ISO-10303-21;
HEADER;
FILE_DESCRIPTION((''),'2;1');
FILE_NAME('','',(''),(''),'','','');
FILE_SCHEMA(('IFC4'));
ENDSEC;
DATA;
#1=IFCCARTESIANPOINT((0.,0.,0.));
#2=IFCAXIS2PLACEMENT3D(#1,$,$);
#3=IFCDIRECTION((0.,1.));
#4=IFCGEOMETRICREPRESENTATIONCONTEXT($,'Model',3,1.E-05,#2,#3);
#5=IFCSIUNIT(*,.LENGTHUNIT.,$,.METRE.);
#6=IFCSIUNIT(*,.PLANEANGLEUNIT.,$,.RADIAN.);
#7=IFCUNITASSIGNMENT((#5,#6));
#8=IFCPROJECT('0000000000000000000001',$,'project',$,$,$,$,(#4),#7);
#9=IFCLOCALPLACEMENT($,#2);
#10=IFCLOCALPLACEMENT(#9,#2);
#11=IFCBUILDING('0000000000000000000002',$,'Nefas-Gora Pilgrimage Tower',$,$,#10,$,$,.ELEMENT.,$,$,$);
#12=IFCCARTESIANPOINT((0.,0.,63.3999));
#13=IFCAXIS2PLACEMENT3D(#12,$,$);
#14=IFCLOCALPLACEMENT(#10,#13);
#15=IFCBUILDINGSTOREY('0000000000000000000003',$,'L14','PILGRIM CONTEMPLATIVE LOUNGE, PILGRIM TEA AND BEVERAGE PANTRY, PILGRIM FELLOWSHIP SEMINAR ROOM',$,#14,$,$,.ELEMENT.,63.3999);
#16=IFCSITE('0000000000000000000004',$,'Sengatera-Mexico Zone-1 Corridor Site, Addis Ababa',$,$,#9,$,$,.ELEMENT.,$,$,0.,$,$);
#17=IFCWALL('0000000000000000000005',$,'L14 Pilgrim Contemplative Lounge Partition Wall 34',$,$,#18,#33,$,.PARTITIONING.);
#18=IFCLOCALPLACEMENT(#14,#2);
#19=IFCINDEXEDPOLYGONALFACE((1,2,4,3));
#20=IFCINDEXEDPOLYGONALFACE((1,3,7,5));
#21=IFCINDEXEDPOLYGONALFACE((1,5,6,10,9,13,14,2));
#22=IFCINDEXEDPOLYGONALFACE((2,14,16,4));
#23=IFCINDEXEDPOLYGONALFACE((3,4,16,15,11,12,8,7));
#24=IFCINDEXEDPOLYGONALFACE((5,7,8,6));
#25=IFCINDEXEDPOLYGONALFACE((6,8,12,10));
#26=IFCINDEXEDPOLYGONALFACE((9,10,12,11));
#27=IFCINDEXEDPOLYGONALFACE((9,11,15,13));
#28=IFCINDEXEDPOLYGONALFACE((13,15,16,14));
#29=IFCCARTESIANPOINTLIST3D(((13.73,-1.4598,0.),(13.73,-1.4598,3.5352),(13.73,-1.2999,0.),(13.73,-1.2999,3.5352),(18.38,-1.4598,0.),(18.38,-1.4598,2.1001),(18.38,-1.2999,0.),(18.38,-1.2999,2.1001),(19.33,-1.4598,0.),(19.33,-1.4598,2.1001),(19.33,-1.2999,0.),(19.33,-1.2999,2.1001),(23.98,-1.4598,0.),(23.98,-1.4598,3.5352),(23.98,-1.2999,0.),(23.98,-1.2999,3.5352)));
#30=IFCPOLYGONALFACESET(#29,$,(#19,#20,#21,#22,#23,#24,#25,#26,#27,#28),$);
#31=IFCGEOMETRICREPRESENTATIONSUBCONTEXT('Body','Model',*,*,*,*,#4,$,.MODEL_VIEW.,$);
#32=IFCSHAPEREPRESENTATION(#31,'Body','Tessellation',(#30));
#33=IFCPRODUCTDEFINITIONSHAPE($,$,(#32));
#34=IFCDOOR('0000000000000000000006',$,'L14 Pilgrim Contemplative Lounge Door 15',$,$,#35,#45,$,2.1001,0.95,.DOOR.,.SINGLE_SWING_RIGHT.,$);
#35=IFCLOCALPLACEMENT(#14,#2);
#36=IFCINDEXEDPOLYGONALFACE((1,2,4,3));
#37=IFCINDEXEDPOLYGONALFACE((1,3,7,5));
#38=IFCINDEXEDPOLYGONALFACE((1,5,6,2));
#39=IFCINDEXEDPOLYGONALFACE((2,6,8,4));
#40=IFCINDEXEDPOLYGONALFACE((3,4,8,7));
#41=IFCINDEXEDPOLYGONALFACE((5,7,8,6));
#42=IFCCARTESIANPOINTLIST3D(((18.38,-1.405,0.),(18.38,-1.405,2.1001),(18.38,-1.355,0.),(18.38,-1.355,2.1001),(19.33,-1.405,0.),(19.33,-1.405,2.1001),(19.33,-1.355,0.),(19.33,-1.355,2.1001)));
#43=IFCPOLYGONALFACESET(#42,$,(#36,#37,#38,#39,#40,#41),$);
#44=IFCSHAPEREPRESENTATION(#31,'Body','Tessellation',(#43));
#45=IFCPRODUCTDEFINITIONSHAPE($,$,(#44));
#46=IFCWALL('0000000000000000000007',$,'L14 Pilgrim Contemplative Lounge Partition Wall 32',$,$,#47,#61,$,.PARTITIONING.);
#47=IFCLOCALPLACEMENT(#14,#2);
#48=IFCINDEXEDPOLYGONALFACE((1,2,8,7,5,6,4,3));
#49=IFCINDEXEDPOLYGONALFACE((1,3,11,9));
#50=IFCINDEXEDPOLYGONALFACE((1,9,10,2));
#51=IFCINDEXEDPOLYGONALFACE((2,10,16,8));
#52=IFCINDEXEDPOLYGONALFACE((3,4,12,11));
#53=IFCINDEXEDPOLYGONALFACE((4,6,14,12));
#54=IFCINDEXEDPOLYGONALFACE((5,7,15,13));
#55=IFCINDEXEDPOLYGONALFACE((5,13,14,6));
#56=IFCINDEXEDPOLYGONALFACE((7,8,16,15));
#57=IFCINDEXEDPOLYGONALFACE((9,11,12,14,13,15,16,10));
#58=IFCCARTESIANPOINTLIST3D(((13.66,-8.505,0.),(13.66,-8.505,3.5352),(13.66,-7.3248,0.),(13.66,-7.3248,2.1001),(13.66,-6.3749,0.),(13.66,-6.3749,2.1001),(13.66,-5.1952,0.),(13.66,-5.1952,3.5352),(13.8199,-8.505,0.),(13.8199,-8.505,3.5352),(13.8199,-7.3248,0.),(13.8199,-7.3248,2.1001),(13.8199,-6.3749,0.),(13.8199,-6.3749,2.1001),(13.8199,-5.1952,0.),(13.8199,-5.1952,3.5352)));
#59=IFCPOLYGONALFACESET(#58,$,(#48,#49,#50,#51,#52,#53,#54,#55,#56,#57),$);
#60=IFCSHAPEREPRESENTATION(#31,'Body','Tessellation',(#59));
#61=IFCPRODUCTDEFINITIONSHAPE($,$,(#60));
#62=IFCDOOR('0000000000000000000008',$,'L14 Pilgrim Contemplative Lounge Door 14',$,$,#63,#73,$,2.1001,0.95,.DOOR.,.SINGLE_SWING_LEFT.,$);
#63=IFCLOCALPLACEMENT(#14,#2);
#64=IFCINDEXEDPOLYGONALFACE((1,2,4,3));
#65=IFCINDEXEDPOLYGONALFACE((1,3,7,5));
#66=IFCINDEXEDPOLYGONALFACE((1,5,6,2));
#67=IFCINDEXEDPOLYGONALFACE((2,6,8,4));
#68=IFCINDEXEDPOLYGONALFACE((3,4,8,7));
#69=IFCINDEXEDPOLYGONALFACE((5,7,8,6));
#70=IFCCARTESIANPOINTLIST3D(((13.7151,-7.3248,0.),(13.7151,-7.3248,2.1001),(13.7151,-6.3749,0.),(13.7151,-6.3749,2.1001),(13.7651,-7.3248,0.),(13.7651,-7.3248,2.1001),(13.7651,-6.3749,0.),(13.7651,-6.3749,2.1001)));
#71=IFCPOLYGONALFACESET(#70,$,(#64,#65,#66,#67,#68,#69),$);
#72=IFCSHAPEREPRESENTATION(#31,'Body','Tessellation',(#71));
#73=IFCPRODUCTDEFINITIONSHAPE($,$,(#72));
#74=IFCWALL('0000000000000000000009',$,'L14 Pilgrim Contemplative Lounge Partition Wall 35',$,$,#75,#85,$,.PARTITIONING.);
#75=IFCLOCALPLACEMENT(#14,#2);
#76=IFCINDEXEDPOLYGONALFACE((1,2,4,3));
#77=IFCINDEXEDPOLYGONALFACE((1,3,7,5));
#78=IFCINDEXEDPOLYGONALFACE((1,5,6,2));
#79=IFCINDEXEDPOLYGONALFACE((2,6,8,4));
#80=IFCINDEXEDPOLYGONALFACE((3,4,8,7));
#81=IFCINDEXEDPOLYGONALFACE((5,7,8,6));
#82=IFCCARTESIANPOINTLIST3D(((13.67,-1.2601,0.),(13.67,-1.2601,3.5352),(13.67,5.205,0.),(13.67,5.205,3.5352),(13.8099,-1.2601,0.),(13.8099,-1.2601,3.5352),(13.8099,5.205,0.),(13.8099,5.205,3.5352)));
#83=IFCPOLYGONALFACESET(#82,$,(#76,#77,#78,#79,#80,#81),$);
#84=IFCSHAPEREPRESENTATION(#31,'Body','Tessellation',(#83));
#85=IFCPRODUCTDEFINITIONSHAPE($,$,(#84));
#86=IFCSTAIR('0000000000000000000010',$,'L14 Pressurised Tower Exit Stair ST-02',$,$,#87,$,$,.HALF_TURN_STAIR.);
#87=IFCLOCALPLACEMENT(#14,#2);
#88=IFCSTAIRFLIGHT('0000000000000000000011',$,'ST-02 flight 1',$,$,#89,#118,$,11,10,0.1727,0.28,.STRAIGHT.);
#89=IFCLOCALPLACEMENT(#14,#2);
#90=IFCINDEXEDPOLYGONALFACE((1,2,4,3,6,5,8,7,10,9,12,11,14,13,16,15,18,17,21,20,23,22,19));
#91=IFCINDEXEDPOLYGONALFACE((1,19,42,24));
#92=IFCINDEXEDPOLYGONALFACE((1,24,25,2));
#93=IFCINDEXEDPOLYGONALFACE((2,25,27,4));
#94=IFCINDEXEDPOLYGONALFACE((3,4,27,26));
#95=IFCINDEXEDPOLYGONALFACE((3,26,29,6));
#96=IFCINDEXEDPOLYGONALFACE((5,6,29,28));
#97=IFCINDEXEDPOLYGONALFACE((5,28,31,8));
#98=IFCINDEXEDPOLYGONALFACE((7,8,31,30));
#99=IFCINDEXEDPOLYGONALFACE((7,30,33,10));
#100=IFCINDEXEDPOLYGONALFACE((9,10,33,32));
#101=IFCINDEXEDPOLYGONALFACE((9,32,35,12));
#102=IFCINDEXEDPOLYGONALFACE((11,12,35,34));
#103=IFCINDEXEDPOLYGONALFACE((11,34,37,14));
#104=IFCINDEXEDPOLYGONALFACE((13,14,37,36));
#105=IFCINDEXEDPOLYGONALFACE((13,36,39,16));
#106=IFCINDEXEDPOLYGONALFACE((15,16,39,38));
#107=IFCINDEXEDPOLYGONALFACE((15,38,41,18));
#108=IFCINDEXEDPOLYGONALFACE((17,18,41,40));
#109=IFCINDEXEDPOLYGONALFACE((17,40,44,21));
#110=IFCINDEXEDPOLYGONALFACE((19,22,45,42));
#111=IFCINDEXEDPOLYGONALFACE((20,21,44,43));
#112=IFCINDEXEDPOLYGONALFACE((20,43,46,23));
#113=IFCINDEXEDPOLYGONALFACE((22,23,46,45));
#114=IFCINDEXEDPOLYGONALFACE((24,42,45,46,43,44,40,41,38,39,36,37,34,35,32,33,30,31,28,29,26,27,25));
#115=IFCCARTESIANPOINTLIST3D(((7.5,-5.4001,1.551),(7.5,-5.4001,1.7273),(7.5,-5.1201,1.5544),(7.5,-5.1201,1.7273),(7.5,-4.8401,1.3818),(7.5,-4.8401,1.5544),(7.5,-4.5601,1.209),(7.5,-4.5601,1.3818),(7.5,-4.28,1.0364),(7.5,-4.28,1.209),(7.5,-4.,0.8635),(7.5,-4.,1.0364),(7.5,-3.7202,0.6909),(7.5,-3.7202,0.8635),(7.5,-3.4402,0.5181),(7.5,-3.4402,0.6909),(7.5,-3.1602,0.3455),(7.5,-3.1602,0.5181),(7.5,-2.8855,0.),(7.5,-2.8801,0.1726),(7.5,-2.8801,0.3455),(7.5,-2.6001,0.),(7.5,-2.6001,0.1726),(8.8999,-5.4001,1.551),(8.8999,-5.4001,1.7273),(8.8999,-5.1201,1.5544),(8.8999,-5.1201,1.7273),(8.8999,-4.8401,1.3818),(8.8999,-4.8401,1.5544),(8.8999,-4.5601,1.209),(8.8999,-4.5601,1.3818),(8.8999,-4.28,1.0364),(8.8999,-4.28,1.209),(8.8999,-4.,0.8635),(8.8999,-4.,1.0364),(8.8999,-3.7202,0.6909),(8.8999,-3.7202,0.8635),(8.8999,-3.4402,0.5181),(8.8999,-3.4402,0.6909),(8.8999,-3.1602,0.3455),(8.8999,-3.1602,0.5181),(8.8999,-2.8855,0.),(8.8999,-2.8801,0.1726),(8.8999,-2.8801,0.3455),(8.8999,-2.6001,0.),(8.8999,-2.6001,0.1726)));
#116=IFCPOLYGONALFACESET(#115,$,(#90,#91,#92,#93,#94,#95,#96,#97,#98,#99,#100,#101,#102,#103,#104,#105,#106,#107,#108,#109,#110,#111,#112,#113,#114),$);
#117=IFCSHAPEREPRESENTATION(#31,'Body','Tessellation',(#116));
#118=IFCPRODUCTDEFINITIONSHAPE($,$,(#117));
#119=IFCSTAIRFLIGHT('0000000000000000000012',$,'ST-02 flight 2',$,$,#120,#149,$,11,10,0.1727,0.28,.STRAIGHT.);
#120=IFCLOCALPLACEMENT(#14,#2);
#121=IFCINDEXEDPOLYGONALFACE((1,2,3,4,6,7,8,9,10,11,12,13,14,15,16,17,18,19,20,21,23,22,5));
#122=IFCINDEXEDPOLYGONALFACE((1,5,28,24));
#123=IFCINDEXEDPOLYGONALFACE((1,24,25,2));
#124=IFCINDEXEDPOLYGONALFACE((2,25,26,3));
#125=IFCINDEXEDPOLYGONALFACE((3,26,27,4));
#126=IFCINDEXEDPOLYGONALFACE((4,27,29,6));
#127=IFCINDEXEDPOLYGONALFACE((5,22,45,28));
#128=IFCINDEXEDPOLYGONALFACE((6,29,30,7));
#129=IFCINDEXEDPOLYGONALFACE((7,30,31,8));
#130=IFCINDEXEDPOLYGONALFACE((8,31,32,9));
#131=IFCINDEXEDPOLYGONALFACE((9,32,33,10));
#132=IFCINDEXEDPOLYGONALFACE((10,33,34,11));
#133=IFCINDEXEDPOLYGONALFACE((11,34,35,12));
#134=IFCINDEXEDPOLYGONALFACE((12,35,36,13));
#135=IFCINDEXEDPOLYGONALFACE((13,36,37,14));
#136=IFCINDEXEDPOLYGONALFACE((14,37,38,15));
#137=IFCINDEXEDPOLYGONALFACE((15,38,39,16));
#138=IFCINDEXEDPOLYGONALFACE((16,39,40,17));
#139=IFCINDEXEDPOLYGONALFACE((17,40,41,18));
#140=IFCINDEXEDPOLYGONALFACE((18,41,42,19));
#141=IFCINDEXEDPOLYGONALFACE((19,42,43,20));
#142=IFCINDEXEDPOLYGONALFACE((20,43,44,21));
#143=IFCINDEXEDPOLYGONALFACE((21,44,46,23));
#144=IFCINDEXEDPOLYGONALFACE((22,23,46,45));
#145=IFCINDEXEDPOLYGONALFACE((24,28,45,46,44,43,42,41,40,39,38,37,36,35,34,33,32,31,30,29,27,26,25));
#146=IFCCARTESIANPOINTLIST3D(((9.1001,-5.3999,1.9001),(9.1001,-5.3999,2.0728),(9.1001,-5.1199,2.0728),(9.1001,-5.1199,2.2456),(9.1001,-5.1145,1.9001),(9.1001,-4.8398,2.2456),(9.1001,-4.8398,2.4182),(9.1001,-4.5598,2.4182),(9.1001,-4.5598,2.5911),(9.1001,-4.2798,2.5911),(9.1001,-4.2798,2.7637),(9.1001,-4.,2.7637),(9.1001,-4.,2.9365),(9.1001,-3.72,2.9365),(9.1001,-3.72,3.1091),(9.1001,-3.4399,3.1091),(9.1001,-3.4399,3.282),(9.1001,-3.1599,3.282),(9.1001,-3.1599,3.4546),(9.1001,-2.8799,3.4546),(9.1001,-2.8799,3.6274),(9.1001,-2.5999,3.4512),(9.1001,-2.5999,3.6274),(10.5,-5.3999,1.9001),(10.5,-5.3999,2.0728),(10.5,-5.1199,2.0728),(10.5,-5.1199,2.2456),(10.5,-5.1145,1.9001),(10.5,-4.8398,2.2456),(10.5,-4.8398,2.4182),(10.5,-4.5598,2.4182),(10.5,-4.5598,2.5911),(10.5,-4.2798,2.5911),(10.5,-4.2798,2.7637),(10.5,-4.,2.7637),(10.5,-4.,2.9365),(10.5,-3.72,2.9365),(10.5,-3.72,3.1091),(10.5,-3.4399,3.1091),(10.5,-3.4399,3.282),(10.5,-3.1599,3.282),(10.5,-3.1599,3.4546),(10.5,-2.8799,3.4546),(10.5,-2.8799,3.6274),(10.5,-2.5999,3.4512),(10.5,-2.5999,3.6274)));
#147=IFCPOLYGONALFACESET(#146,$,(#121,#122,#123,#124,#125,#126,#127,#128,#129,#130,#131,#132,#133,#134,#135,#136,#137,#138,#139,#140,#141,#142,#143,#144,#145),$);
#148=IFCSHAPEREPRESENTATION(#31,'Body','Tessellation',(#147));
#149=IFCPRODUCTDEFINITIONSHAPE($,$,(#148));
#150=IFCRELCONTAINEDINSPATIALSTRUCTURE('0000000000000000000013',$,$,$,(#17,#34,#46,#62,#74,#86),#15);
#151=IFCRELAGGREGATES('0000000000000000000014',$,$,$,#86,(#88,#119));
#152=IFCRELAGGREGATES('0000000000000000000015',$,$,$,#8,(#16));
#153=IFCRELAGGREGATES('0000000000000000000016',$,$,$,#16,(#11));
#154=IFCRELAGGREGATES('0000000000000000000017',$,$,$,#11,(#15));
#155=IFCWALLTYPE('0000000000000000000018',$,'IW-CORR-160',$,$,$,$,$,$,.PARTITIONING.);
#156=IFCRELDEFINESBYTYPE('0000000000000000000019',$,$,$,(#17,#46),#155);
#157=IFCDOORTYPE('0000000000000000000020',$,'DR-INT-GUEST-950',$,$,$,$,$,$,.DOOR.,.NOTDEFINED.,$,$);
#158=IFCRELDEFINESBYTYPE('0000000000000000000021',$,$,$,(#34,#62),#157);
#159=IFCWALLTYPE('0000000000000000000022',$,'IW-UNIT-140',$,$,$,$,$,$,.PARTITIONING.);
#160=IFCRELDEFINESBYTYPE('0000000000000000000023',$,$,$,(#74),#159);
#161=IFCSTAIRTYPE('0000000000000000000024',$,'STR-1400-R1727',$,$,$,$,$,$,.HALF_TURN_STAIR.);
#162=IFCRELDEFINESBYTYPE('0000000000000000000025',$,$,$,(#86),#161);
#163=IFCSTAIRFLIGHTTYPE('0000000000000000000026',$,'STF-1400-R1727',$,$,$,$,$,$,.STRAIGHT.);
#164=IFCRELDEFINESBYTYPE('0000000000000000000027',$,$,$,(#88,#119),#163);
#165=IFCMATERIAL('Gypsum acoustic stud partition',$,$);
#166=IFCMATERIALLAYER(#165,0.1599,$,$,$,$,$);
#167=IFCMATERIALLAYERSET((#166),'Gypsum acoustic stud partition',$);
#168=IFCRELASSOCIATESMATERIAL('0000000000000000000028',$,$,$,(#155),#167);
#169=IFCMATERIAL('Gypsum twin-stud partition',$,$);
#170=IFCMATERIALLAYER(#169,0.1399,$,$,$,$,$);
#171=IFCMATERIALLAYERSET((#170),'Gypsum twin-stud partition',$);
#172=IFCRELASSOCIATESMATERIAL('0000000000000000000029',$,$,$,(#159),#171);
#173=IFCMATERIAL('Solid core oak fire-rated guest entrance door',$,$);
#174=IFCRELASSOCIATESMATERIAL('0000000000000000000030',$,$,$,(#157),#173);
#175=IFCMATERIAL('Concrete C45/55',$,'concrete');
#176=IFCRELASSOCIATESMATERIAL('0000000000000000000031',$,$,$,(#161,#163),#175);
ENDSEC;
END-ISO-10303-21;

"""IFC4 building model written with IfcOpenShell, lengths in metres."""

from ifc_helpers import new_model, si_unit, direction, frame, frame_2d, origin, place, context, subcontext, project, spatial, polyline, rectangle, outline, extrude, source, transform, mapped, material, layer, layer_set, type_object, element, fill, aggregate, save


model = new_model("IFC4")

# Units and contexts
model_context = context("Model", 3, precision=1e-05, world=origin(), true_north=direction((0.0, 1.0)))
body_context = subcontext(model_context, "Body", "Model", "MODEL_VIEW")
ifc_project = project(units=[si_unit("LENGTHUNIT", "METRE"), si_unit("PLANEANGLEUNIT", "RADIAN")], contexts=[model_context])

# Site, building, storey
site_placement = place(None, origin())
site = spatial("IfcSite", under=ifc_project, at=site_placement, Name="Sengatera-Mexico Zone-1 Corridor Site, Addis Ababa", CompositionType="ELEMENT", RefElevation=0.0)
building_placement = place(site_placement, origin())
building = spatial("IfcBuilding", under=site, at=building_placement, Name="Nefas-Gora Pilgrimage Tower", CompositionType="ELEMENT")
storey_placement = place(building_placement, frame((0.0, 0.0, 63.3999)))
storey = spatial("IfcBuildingStorey", under=building, at=storey_placement, Name="L14", Description="PILGRIM CONTEMPLATIVE LOUNGE, PILGRIM TEA AND BEVERAGE PANTRY, PILGRIM FELLOWSHIP SEMINAR ROOM", CompositionType="ELEMENT", Elevation=63.3999)

# Shared definitions
ifc_material_1 = material(Name="Concrete C45/55", Category="concrete")
ifc_material_2 = material(Name="Gypsum acoustic stud partition")
ifc_layer_1 = layer(ifc_material_2, 0.1599)
ifc_layer_set_1 = layer_set([ifc_layer_1], Name="Gypsum acoustic stud partition")
wall_type_1 = type_object("IfcWallType", Name="IW-CORR-160", PredefinedType="PARTITIONING", material=ifc_layer_set_1)

# Shared definitions
ifc_material_3 = material(Name="Gypsum twin-stud partition")
ifc_layer_2 = layer(ifc_material_3, 0.1399)
ifc_layer_set_2 = layer_set([ifc_layer_2], Name="Gypsum twin-stud partition")
wall_type_2 = type_object("IfcWallType", Name="IW-UNIT-140", PredefinedType="PARTITIONING", material=ifc_layer_set_2)

# Walls, openings, doors
shared_shape_1 = source(origin(), body_context, "Body", "SweptSolid", [
    extrude(rectangle(XDim=10.25, YDim=0.1599, at=frame_2d((5.125, 0.0))), origin(), (0.0, 0.0, 1.0), 3.5352),
])
wall_1_placement = place(storey_placement, frame((13.73, -1.3799, 0.0), z_axis=(0.0, 0.0, 1.0), x_axis=(1.0, 0.0, 0.0)))
wall_1 = element("IfcWall", 1, at=wall_1_placement, inside=storey, type_object=wall_type_1, Name="L14 Pilgrim Contemplative Lounge Partition Wall 34", PredefinedType="PARTITIONING", context=body_context, shape_type="MappedRepresentation", body=[
    mapped(shared_shape_1, transform((0.0, 0.0, 0.0), x_axis=(1.0, 0.0, 0.0), y_axis=(0.0, 1.0, 0.0), z_axis=(0.0, 0.0, 1.0), scale=1.0)),
])
opening_1_placement = place(wall_1_placement, frame((4.6499, 0.0, 0.0)))
opening_1 = element("IfcOpeningElement", 2, at=opening_1_placement, cuts=wall_1, PredefinedType="OPENING", context=body_context, shape_type="SweptSolid", body=[
    extrude(rectangle(XDim=0.95, YDim=2.1001, at=frame_2d((0.4751, 1.05))), frame((0.0, 0.0898, 0.0), z_axis=(0.0, -1.0, 0.0), x_axis=(1.0, 0.0, 0.0)), (0.0, 0.0, 1.0), 0.1799),
])
ifc_material_4 = material(Name="Solid core oak fire-rated guest entrance door")
door_type_1 = type_object("IfcDoorType", Name="DR-INT-GUEST-950", OperationType="NOTDEFINED", PredefinedType="DOOR", material=ifc_material_4)
shared_shape_2 = source(origin(), body_context, "Body", "SweptSolid", [
    extrude(rectangle(XDim=0.95, YDim=2.1001, at=frame_2d((0.4751, 1.05))), frame((0.0, 0.0249, 0.0), z_axis=(0.0, -1.0, 0.0), x_axis=(1.0, 0.0, 0.0)), (0.0, 0.0, 1.0), 0.05),
])
door_1_placement = place(opening_1_placement, origin())
door_1 = element("IfcDoor", 3, at=door_1_placement, inside=storey, type_object=door_type_1, Name="L14 Pilgrim Contemplative Lounge Door 15", OperationType="SINGLE_SWING_RIGHT", OverallHeight=2.1001, OverallWidth=0.95, PredefinedType="DOOR", context=body_context, shape_type="MappedRepresentation", body=[
    mapped(shared_shape_2, transform((0.0, 0.0, 0.0), x_axis=(1.0, 0.0, 0.0), y_axis=(0.0, 1.0, 0.0), z_axis=(0.0, 0.0, 1.0), scale=1.0)),
])
fill(opening_1, door_1)
shared_shape_3 = source(origin(), body_context, "Body", "SweptSolid", [
    extrude(rectangle(XDim=3.3098, YDim=0.1599, at=frame_2d((1.6548, 0.0))), origin(), (0.0, 0.0, 1.0), 3.5352),
])
wall_2_placement = place(storey_placement, frame((13.74, -8.5049, 0.0), z_axis=(0.0, 0.0, 1.0), x_axis=(0.0, 1.0, 0.0)))
wall_2 = element("IfcWall", 4, at=wall_2_placement, inside=storey, type_object=wall_type_1, Name="L14 Pilgrim Contemplative Lounge Partition Wall 32", PredefinedType="PARTITIONING", context=body_context, shape_type="MappedRepresentation", body=[
    mapped(shared_shape_3, transform((0.0, 0.0, 0.0), x_axis=(1.0, 0.0, 0.0), y_axis=(0.0, 1.0, 0.0), z_axis=(0.0, 0.0, 1.0), scale=1.0)),
])
opening_2_placement = place(wall_2_placement, frame((1.1799, 0.0, 0.0)))
opening_2 = element("IfcOpeningElement", 5, at=opening_2_placement, cuts=wall_2, PredefinedType="OPENING", context=body_context, shape_type="SweptSolid", body=[
    extrude(rectangle(XDim=0.95, YDim=2.1001, at=frame_2d((0.4751, 1.05))), frame((0.0, 0.0898, 0.0), z_axis=(0.0, -1.0, 0.0), x_axis=(1.0, 0.0, 0.0)), (0.0, 0.0, 1.0), 0.1799),
])
door_2_placement = place(opening_2_placement, origin())
door_2 = element("IfcDoor", 6, at=door_2_placement, inside=storey, type_object=door_type_1, Name="L14 Pilgrim Contemplative Lounge Door 14", OperationType="SINGLE_SWING_LEFT", OverallHeight=2.1001, OverallWidth=0.95, PredefinedType="DOOR", context=body_context, shape_type="MappedRepresentation", body=[
    mapped(shared_shape_2, transform((0.0, 0.0, 0.0), x_axis=(1.0, 0.0, 0.0), y_axis=(0.0, 1.0, 0.0), z_axis=(0.0, 0.0, 1.0), scale=1.0)),
])
fill(opening_2, door_2)

# Wall
shared_shape_4 = source(origin(), body_context, "Body", "SweptSolid", [
    extrude(rectangle(XDim=6.4651, YDim=0.1399, at=frame_2d((3.2324, 0.0))), origin(), (0.0, 0.0, 1.0), 3.5352),
])
wall_3_placement = place(storey_placement, frame((13.74, -1.26, 0.0), z_axis=(0.0, 0.0, 1.0), x_axis=(0.0, 1.0, 0.0)))
element("IfcWall", 7, at=wall_3_placement, inside=storey, type_object=wall_type_2, Name="L14 Pilgrim Contemplative Lounge Partition Wall 35", PredefinedType="PARTITIONING", context=body_context, shape_type="MappedRepresentation", body=[
    mapped(shared_shape_4, transform((0.0, 0.0, 0.0), x_axis=(1.0, 0.0, 0.0), y_axis=(0.0, 1.0, 0.0), z_axis=(0.0, 0.0, 1.0), scale=1.0)),
])

# Stair, stair flights
stair_type = type_object("IfcStairType", Name="STR-1400-R1727", PredefinedType="HALF_TURN_STAIR", material=ifc_material_1)
stair_placement = place(storey_placement, origin())
stair = element("IfcStair", 8, at=stair_placement, inside=storey, type_object=stair_type, Name="L14 Pressurised Tower Exit Stair ST-02", PredefinedType="HALF_TURN_STAIR")
stair_flight_type = type_object("IfcStairFlightType", Name="STF-1400-R1727", PredefinedType="STRAIGHT", material=ifc_material_1)
shared_shape_5 = source(origin(), body_context, "Body", "SweptSolid", [
    extrude(outline(polyline([(0.0, 0.0), (0.0, 0.1726), (0.28, 0.1726), (0.28, 0.3455), (0.5601, 0.3455), (0.5601, 0.5181), (0.8401, 0.5181), (0.8401, 0.6909), (1.1201, 0.6909), (1.1201, 0.8635), (1.3999, 0.8635), (1.3999, 1.0364), (1.6799, 1.0364), (1.6799, 1.209), (1.96, 1.209), (1.96, 1.3818), (2.24, 1.3818), (2.24, 1.5544), (2.52, 1.5544), (2.52, 1.7273), (2.8, 1.7273), (2.8, 1.8999), (2.8, 1.551), (0.2854, 0.0), (0.0, 0.0)])), frame((0.0, 0.7, 0.0), z_axis=(0.0, -1.0, 0.0), x_axis=(1.0, 0.0, 0.0)), (0.0, 0.0, 1.0), 1.3999),
])
stair_flight_1_placement = place(storey_placement, frame((8.2, -2.6001, 0.0), z_axis=(0.0, 0.0, 1.0), x_axis=(0.0, -1.0, 0.0)))
stair_flight_1 = element("IfcStairFlight", 9, at=stair_flight_1_placement, type_object=stair_flight_type, Name="ST-02 flight 1", NumberOfRisers=11, NumberOfTreads=10, PredefinedType="STRAIGHT", RiserHeight=0.1727, TreadLength=0.28, context=body_context, shape_type="MappedRepresentation", body=[
    mapped(shared_shape_5, transform((0.0, 0.0, 0.0), x_axis=(1.0, 0.0, 0.0), y_axis=(0.0, 1.0, 0.0), z_axis=(0.0, 0.0, 1.0), scale=1.0)),
])
stair_flight_2_placement = place(storey_placement, frame((9.8, -5.3999, 1.9001), z_axis=(0.0, 0.0, 1.0), x_axis=(0.0, 1.0, 0.0)))
stair_flight_2 = element("IfcStairFlight", 10, at=stair_flight_2_placement, type_object=stair_flight_type, Name="ST-02 flight 2", NumberOfRisers=11, NumberOfTreads=10, PredefinedType="STRAIGHT", RiserHeight=0.1727, TreadLength=0.28, context=body_context, shape_type="MappedRepresentation", body=[
    mapped(shared_shape_5, transform((0.0, 0.0, 0.0), x_axis=(1.0, 0.0, 0.0), y_axis=(0.0, 1.0, 0.0), z_axis=(0.0, 0.0, 1.0), scale=1.0)),
])
aggregate(stair, [stair_flight_1, stair_flight_2])

save(model, "model.ifc")
